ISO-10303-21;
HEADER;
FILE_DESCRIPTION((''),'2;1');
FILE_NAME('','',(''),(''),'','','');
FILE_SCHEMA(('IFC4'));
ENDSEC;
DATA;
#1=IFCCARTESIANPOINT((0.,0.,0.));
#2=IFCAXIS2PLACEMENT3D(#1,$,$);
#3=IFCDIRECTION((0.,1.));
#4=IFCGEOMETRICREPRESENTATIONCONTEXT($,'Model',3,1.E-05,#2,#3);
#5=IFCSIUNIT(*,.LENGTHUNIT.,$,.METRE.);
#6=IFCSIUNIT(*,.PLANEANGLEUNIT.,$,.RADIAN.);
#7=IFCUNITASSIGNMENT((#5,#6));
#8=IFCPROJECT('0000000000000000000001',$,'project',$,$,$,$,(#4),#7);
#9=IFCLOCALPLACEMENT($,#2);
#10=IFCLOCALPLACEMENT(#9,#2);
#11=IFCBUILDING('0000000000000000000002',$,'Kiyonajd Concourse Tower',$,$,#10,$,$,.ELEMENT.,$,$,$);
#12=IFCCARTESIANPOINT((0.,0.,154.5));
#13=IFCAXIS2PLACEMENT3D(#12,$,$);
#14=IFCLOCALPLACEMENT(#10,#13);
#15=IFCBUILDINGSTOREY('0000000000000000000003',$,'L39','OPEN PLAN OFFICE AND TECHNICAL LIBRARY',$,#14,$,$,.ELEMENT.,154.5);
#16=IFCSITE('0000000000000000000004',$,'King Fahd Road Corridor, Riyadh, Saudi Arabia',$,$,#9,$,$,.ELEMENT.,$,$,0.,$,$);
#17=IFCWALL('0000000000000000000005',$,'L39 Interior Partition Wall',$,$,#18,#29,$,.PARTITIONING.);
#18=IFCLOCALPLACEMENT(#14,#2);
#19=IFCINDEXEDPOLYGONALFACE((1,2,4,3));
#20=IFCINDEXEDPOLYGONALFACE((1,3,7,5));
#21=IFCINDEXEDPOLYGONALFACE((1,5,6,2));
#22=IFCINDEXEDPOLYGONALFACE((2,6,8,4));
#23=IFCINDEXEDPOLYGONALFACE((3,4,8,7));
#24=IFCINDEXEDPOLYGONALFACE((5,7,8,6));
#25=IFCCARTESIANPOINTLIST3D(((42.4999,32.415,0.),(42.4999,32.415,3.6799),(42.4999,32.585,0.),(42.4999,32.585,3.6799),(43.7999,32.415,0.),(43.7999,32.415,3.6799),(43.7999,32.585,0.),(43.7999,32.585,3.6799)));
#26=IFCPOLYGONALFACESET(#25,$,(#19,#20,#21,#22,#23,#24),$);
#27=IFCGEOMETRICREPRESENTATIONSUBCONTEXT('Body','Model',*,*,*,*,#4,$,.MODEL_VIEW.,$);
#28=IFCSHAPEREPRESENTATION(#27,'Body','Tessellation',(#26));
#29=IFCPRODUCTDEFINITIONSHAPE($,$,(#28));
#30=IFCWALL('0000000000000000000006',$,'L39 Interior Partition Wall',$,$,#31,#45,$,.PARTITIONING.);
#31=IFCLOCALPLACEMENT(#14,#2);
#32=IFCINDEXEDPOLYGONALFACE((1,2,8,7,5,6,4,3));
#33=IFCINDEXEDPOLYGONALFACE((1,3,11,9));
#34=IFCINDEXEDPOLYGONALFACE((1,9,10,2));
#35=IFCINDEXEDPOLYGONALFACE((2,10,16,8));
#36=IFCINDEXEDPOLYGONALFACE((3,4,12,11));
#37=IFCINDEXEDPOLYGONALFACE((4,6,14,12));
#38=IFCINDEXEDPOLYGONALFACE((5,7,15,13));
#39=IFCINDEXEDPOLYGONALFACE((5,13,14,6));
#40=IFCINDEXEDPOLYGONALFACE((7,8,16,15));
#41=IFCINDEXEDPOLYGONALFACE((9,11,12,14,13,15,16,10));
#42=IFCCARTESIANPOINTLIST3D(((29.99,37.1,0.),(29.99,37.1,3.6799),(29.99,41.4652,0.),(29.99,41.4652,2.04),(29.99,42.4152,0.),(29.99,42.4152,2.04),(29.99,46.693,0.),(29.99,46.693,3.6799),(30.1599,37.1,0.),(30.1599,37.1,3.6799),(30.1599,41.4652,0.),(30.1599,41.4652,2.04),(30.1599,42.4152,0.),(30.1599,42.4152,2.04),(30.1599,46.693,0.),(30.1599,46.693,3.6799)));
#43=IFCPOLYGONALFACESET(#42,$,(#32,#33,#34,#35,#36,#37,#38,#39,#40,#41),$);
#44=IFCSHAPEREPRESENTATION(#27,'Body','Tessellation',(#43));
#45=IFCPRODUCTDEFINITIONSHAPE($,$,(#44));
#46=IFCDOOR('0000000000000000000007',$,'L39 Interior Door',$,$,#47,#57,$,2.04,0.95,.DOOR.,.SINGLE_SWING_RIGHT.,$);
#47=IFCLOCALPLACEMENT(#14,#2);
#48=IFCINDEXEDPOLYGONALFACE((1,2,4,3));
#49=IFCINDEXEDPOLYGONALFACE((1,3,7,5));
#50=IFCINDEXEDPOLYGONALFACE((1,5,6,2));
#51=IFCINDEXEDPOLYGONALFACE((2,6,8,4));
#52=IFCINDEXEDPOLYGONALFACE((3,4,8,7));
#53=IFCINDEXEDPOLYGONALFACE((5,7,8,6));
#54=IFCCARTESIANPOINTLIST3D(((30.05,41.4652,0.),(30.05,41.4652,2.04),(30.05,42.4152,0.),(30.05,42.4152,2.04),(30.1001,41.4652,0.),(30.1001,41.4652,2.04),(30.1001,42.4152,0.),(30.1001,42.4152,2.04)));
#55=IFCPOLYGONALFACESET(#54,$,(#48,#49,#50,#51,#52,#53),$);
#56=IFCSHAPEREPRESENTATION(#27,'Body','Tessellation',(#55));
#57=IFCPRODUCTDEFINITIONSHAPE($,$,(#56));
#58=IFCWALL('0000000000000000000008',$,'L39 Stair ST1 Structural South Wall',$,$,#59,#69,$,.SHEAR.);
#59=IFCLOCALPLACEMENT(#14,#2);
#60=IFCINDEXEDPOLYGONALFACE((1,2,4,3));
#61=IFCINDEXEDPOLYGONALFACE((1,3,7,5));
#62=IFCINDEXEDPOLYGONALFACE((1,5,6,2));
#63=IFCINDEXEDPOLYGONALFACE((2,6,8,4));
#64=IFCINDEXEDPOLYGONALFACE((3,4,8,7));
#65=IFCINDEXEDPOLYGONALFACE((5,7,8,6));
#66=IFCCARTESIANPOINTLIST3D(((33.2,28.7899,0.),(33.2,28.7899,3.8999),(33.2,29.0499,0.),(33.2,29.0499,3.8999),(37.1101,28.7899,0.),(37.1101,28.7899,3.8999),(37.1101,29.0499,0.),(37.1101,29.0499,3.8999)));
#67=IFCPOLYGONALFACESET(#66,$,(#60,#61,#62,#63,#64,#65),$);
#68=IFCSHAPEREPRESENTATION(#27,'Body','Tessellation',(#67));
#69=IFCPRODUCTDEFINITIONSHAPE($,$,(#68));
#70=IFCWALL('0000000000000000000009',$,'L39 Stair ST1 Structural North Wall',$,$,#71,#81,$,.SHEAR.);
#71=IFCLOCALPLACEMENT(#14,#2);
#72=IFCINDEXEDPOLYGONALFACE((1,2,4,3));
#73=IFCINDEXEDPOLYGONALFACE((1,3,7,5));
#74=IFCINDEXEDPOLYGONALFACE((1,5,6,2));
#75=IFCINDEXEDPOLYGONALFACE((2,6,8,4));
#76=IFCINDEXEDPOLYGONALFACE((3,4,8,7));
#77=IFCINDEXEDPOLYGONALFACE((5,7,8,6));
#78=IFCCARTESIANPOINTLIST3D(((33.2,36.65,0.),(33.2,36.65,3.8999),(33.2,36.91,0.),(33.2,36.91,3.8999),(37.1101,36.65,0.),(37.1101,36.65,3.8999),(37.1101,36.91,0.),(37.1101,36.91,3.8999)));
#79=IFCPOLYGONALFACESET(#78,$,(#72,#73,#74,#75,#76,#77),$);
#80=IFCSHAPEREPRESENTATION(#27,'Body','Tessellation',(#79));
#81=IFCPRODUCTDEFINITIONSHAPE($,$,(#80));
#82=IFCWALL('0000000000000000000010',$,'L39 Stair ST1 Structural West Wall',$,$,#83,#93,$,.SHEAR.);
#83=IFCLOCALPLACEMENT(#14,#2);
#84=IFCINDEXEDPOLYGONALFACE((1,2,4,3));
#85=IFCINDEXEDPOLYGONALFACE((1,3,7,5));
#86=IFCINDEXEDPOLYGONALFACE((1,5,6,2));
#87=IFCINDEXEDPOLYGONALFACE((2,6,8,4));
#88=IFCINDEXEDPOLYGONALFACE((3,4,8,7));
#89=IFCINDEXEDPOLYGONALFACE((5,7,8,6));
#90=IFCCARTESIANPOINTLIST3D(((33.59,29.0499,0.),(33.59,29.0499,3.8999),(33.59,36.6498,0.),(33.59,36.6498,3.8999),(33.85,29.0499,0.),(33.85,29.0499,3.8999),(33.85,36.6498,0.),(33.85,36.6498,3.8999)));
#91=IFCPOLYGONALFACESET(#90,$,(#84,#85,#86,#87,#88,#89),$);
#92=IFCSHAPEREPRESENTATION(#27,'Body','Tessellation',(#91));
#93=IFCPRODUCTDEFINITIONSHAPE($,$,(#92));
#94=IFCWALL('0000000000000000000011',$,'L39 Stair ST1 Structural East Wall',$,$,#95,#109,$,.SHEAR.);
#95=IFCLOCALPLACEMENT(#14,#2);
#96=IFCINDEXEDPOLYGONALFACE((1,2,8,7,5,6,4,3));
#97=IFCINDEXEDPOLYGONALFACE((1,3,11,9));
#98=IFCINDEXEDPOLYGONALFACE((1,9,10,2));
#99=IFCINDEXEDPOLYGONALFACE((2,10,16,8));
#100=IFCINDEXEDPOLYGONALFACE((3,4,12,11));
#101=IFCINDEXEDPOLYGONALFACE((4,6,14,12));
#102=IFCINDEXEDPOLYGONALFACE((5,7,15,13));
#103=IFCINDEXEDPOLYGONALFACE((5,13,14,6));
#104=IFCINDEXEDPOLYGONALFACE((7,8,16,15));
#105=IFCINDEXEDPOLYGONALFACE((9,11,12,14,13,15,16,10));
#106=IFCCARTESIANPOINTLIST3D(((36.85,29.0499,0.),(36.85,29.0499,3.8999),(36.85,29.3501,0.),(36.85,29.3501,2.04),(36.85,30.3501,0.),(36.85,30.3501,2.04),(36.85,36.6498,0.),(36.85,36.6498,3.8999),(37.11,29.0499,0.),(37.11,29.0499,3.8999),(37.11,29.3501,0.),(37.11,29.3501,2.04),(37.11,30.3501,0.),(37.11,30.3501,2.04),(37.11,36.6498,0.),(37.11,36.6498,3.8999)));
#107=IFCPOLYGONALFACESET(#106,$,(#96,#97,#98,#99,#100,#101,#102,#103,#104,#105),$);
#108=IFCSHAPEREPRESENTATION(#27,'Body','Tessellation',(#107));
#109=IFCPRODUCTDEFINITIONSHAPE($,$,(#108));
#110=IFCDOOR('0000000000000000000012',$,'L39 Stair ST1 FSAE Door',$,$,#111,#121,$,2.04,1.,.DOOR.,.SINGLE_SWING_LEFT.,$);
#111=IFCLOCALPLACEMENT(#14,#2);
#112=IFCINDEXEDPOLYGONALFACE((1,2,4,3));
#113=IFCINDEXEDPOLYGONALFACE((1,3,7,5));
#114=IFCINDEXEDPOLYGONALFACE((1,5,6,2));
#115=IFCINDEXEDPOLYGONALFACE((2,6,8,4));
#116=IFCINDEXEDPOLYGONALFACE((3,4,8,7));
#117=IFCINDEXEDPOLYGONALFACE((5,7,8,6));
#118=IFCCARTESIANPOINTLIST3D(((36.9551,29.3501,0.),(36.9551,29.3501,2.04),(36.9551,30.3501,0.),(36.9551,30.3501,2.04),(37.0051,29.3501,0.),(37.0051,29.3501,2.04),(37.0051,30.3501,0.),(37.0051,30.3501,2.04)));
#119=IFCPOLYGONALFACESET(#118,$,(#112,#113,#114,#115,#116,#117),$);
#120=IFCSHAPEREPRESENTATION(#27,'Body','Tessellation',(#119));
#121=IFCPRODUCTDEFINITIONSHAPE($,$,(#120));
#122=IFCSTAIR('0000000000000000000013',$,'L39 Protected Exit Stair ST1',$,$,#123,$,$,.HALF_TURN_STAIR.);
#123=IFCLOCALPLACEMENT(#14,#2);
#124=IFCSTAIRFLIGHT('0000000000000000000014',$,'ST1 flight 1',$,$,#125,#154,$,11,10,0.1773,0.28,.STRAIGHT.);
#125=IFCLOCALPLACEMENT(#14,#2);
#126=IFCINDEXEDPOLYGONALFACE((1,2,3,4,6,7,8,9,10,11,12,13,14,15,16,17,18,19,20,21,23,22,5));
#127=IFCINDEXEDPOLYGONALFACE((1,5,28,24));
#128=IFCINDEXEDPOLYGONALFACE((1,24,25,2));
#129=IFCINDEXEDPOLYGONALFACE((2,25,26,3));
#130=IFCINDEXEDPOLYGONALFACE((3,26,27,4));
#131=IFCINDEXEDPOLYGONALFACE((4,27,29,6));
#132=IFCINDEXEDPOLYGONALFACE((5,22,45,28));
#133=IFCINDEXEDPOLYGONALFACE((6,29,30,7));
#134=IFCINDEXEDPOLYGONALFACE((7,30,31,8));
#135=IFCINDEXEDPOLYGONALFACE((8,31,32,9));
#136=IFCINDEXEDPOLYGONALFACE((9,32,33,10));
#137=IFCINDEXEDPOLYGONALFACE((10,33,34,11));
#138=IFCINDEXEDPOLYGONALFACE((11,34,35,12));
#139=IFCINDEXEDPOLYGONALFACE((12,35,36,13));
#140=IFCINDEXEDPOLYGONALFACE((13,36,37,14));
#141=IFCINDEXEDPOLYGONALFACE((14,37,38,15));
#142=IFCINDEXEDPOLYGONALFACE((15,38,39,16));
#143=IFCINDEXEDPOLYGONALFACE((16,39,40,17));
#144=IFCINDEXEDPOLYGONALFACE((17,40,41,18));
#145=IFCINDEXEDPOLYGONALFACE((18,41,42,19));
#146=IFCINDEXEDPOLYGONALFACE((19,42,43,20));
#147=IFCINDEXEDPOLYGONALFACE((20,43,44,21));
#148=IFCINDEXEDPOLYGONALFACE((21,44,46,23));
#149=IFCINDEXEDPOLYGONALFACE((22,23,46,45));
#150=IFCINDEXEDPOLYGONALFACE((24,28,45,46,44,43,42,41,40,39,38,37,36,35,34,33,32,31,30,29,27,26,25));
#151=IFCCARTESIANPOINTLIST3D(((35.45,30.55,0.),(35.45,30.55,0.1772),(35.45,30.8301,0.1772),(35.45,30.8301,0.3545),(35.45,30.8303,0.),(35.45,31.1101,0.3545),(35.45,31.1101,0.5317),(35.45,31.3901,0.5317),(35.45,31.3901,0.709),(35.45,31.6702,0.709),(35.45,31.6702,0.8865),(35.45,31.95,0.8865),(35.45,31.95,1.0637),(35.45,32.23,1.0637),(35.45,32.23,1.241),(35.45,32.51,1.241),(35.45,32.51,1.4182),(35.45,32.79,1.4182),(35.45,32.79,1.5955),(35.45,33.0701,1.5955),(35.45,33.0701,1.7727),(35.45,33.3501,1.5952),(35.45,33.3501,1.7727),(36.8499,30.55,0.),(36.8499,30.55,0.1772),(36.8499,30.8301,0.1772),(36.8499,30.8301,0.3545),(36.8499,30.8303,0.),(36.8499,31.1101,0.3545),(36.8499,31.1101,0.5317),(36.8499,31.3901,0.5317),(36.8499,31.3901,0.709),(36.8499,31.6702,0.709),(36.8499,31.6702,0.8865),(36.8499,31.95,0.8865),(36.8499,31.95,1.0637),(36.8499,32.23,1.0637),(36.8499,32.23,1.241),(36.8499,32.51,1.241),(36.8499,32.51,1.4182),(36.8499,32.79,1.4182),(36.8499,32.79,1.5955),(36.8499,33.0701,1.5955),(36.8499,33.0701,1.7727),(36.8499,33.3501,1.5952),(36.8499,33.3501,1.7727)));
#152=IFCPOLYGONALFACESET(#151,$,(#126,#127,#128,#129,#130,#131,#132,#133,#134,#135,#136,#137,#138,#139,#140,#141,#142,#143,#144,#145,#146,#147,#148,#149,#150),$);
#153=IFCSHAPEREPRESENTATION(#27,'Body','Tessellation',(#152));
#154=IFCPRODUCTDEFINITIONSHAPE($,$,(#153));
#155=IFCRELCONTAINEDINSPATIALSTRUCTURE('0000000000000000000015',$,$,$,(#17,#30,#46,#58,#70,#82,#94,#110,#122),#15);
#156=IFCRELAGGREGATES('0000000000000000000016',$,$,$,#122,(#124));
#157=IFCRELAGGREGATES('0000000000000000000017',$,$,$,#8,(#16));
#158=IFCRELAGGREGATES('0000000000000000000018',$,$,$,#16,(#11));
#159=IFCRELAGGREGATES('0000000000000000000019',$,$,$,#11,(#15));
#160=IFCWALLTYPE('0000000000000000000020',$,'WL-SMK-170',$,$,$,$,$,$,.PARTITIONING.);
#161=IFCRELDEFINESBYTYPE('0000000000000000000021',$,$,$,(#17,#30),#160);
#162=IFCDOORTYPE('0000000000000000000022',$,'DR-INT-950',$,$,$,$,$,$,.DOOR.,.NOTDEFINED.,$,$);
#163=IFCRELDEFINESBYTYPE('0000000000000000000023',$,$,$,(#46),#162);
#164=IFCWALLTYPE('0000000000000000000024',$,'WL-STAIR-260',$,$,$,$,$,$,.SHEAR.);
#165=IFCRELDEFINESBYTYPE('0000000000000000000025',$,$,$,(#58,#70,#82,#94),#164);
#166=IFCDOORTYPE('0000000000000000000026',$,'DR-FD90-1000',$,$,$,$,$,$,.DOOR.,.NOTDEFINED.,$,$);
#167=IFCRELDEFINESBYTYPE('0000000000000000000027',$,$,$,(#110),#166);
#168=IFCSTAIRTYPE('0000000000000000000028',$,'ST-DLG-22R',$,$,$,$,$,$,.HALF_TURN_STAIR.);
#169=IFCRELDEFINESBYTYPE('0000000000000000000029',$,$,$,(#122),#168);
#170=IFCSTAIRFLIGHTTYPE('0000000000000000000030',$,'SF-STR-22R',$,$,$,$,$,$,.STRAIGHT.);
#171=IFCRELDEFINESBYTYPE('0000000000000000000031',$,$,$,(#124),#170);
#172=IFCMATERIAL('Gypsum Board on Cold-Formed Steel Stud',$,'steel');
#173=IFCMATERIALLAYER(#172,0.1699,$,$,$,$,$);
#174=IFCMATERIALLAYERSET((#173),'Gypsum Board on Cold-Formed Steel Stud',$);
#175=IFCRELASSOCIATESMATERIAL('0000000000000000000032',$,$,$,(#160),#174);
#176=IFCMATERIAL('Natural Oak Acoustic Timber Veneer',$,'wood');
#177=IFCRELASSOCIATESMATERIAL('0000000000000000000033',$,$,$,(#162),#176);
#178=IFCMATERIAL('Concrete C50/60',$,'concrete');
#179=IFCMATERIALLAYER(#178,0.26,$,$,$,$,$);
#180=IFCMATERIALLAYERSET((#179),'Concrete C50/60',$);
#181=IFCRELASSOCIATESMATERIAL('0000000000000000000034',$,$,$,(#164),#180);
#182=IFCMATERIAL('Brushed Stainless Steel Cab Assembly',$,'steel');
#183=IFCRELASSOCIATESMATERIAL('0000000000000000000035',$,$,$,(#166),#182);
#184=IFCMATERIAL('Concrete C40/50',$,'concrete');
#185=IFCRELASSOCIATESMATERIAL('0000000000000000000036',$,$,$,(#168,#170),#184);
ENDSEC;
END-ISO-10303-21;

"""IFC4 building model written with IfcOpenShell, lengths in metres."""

from ifc_helpers import new_model, si_unit, direction, frame, frame_2d, origin, place, context, subcontext, project, spatial, polyline, rectangle, outline, extrude, material, layer, layer_set, type_object, element, fill, aggregate, save


model = new_model("IFC4")

# Units and contexts
model_context = context("Model", 3, precision=1e-05, world=origin(), true_north=direction((0.0, 1.0)))
body_context = subcontext(model_context, "Body", "Model", "MODEL_VIEW")
ifc_project = project(units=[si_unit("LENGTHUNIT", "METRE"), si_unit("PLANEANGLEUNIT", "RADIAN")], contexts=[model_context])

# Site, building, storey
site_placement = place(None, origin())
site = spatial("IfcSite", under=ifc_project, at=site_placement, Name="King Fahd Road Corridor, Riyadh, Saudi Arabia", CompositionType="ELEMENT", RefElevation=0.0)
building_placement = place(site_placement, origin())
building = spatial("IfcBuilding", under=site, at=building_placement, Name="Kiyonajd Concourse Tower", CompositionType="ELEMENT")
storey_placement = place(building_placement, frame((0.0, 0.0, 154.5)))
storey = spatial("IfcBuildingStorey", under=building, at=storey_placement, Name="L39", Description="OPEN PLAN OFFICE AND TECHNICAL LIBRARY", CompositionType="ELEMENT", Elevation=154.5)

# Shared definitions
ifc_material_1 = material(Name="Concrete C50/60", Category="concrete")

# Shared definitions
ifc_material_2 = material(Name="Gypsum Board on Cold-Formed Steel Stud", Category="steel")
ifc_material_3 = material(Name="Brushed Stainless Steel Cab Assembly", Category="steel")

# Wall
ifc_layer_1 = layer(ifc_material_2, 0.1699)
ifc_layer_set_1 = layer_set([ifc_layer_1], Name="Gypsum Board on Cold-Formed Steel Stud")
wall_type_1 = type_object("IfcWallType", Name="WL-SMK-170", PredefinedType="PARTITIONING", material=ifc_layer_set_1)
wall_1_placement = place(storey_placement, frame((42.5, 32.5, 0.0), z_axis=(0.0, 0.0, 1.0), x_axis=(1.0, 0.0, 0.0)))
element("IfcWall", 1, at=wall_1_placement, inside=storey, type_object=wall_type_1, Name="L39 Interior Partition Wall", PredefinedType="PARTITIONING", context=body_context, shape_type="SweptSolid", body=[
    extrude(rectangle(XDim=1.3, YDim=0.1699, at=frame_2d((0.6499, 0.0))), origin(), (0.0, 0.0, 1.0), 3.6799),
])

# Wall, opening, door
wall_2_placement = place(storey_placement, frame((30.075, 37.1001, 0.0), z_axis=(0.0, 0.0, 1.0), x_axis=(0.0, 1.0, 0.0)))
wall_2 = element("IfcWall", 2, at=wall_2_placement, inside=storey, type_object=wall_type_1, Name="L39 Interior Partition Wall", PredefinedType="PARTITIONING", context=body_context, shape_type="SweptSolid", body=[
    extrude(rectangle(XDim=9.593, YDim=0.1699, at=frame_2d((4.7964, 0.0))), origin(), (0.0, 0.0, 1.0), 3.6799),
])
opening_1_placement = place(wall_2_placement, frame((4.365, 0.0, 0.0)))
opening_1 = element("IfcOpeningElement", 3, at=opening_1_placement, cuts=wall_2, PredefinedType="OPENING", context=body_context, shape_type="SweptSolid", body=[
    extrude(rectangle(XDim=0.95, YDim=2.04, at=frame_2d((0.4751, 1.02))), frame((0.0, 0.095, 0.0), z_axis=(0.0, -1.0, 0.0), x_axis=(1.0, 0.0, 0.0)), (0.0, 0.0, 1.0), 0.1899),
])
ifc_material_4 = material(Name="Natural Oak Acoustic Timber Veneer", Category="wood")
door_type_1 = type_object("IfcDoorType", Name="DR-INT-950", OperationType="NOTDEFINED", PredefinedType="DOOR", material=ifc_material_4)
door_1_placement = place(opening_1_placement, origin())
door_1 = element("IfcDoor", 4, at=door_1_placement, inside=storey, type_object=door_type_1, Name="L39 Interior Door", OperationType="SINGLE_SWING_RIGHT", OverallHeight=2.04, OverallWidth=0.95, PredefinedType="DOOR", context=body_context, shape_type="SweptSolid", body=[
    extrude(rectangle(XDim=0.95, YDim=2.04, at=frame_2d((0.4751, 1.02))), frame((0.0, 0.0249, 0.0), z_axis=(0.0, -1.0, 0.0), x_axis=(1.0, 0.0, 0.0)), (0.0, 0.0, 1.0), 0.05),
])
fill(opening_1, door_1)

# Walls
ifc_layer_2 = layer(ifc_material_1, 0.26)
ifc_layer_set_2 = layer_set([ifc_layer_2], Name="Concrete C50/60")
wall_type_2 = type_object("IfcWallType", Name="WL-STAIR-260", PredefinedType="SHEAR", material=ifc_layer_set_2)
for number, where, z_axis, x_axis, name in (
    (5, (33.2, 28.9199, 0.0), (0.0, 0.0, 1.0), (1.0, 0.0, 0.0), "L39 Stair ST1 Structural South Wall"),
    (6, (33.2, 36.78, 0.0), (0.0, 0.0, 1.0), (1.0, 0.0, 0.0), "L39 Stair ST1 Structural North Wall"),
):
    element("IfcWall", number, at=place(storey_placement, frame(where, z_axis=z_axis, x_axis=x_axis)), inside=storey, type_object=wall_type_2, Name=name, PredefinedType="SHEAR", context=body_context, shape_type="SweptSolid", body=[
        extrude(rectangle(XDim=3.9102, YDim=0.26, at=frame_2d((1.9551, 0.0))), origin(), (0.0, 0.0, 1.0), 3.8999),
    ])
wall_3_placement = place(storey_placement, frame((33.72, 29.05, 0.0), z_axis=(0.0, 0.0, 1.0), x_axis=(0.0, 1.0, 0.0)))
element("IfcWall", 7, at=wall_3_placement, inside=storey, type_object=wall_type_2, Name="L39 Stair ST1 Structural West Wall", PredefinedType="SHEAR", context=body_context, shape_type="SweptSolid", body=[
    extrude(rectangle(XDim=7.5999, YDim=0.26, at=frame_2d((3.7998, 0.0))), origin(), (0.0, 0.0, 1.0), 3.8999),
])

# Wall, opening, door
wall_4_placement = place(storey_placement, frame((36.98, 29.05, 0.0), z_axis=(0.0, 0.0, 1.0), x_axis=(0.0, 1.0, 0.0)))
wall_4 = element("IfcWall", 8, at=wall_4_placement, inside=storey, type_object=wall_type_2, Name="L39 Stair ST1 Structural East Wall", PredefinedType="SHEAR", context=body_context, shape_type="SweptSolid", body=[
    extrude(rectangle(XDim=7.5999, YDim=0.26, at=frame_2d((3.7998, 0.0))), origin(), (0.0, 0.0, 1.0), 3.8999),
])
opening_2_placement = place(wall_4_placement, frame((0.3, 0.0, 0.0)))
opening_2 = element("IfcOpeningElement", 9, at=opening_2_placement, cuts=wall_4, PredefinedType="OPENING", context=body_context, shape_type="SweptSolid", body=[
    extrude(rectangle(XDim=1.0, YDim=2.04, at=frame_2d((0.5, 1.02))), frame((0.0, 0.1399, 0.0), z_axis=(0.0, -1.0, 0.0), x_axis=(1.0, 0.0, 0.0)), (0.0, 0.0, 1.0), 0.28),
])
door_type_2 = type_object("IfcDoorType", Name="DR-FD90-1000", OperationType="NOTDEFINED", PredefinedType="DOOR", material=ifc_material_3)
door_2_placement = place(opening_2_placement, origin())
door_2 = element("IfcDoor", 10, at=door_2_placement, inside=storey, type_object=door_type_2, Name="L39 Stair ST1 FSAE Door", OperationType="SINGLE_SWING_LEFT", OverallHeight=2.04, OverallWidth=1.0, PredefinedType="DOOR", context=body_context, shape_type="SweptSolid", body=[
    extrude(rectangle(XDim=1.0, YDim=2.04, at=frame_2d((0.5, 1.02))), frame((0.0, 0.0249, 0.0), z_axis=(0.0, -1.0, 0.0), x_axis=(1.0, 0.0, 0.0)), (0.0, 0.0, 1.0), 0.05),
])
fill(opening_2, door_2)

# Stair, stair flight
ifc_material_5 = material(Name="Concrete C40/50", Category="concrete")
stair_type = type_object("IfcStairType", Name="ST-DLG-22R", PredefinedType="HALF_TURN_STAIR", material=ifc_material_5)
stair_placement = place(storey_placement, origin())
stair = element("IfcStair", 11, at=stair_placement, inside=storey, type_object=stair_type, Name="L39 Protected Exit Stair ST1", PredefinedType="HALF_TURN_STAIR")
stair_flight_type = type_object("IfcStairFlightType", Name="SF-STR-22R", PredefinedType="STRAIGHT", material=ifc_material_5)
stair_flight_1_placement = place(storey_placement, frame((36.1499, 30.55, 0.0), z_axis=(0.0, 0.0, 1.0), x_axis=(0.0, 1.0, 0.0)))
stair_flight_1 = element("IfcStairFlight", 12, at=stair_flight_1_placement, type_object=stair_flight_type, Name="ST1 flight 1", NumberOfRisers=11, NumberOfTreads=10, PredefinedType="STRAIGHT", RiserHeight=0.1773, TreadLength=0.28, context=body_context, shape_type="SweptSolid", body=[
    extrude(outline(polyline([(0.0, 0.0), (0.0, 0.1772), (0.28, 0.1772), (0.28, 0.3545), (0.5601, 0.3545), (0.5601, 0.5317), (0.8401, 0.5317), (0.8401, 0.709), (1.1201, 0.709), (1.1201, 0.8865), (1.3999, 0.8865), (1.3999, 1.0637), (1.6799, 1.0637), (1.6799, 1.241), (1.96, 1.241), (1.96, 1.4182), (2.24, 1.4182), (2.24, 1.5955), (2.52, 1.5955), (2.52, 1.7727), (2.8, 1.7727), (2.8, 1.95), (2.8, 1.5952), (0.2803, 0.0), (0.0, 0.0)])), frame((0.0, 0.7, 0.0), z_axis=(0.0, -1.0, 0.0), x_axis=(1.0, 0.0, 0.0)), (0.0, 0.0, 1.0), 1.3999),
])
aggregate(stair, [stair_flight_1])

save(model, "model.ifc")
